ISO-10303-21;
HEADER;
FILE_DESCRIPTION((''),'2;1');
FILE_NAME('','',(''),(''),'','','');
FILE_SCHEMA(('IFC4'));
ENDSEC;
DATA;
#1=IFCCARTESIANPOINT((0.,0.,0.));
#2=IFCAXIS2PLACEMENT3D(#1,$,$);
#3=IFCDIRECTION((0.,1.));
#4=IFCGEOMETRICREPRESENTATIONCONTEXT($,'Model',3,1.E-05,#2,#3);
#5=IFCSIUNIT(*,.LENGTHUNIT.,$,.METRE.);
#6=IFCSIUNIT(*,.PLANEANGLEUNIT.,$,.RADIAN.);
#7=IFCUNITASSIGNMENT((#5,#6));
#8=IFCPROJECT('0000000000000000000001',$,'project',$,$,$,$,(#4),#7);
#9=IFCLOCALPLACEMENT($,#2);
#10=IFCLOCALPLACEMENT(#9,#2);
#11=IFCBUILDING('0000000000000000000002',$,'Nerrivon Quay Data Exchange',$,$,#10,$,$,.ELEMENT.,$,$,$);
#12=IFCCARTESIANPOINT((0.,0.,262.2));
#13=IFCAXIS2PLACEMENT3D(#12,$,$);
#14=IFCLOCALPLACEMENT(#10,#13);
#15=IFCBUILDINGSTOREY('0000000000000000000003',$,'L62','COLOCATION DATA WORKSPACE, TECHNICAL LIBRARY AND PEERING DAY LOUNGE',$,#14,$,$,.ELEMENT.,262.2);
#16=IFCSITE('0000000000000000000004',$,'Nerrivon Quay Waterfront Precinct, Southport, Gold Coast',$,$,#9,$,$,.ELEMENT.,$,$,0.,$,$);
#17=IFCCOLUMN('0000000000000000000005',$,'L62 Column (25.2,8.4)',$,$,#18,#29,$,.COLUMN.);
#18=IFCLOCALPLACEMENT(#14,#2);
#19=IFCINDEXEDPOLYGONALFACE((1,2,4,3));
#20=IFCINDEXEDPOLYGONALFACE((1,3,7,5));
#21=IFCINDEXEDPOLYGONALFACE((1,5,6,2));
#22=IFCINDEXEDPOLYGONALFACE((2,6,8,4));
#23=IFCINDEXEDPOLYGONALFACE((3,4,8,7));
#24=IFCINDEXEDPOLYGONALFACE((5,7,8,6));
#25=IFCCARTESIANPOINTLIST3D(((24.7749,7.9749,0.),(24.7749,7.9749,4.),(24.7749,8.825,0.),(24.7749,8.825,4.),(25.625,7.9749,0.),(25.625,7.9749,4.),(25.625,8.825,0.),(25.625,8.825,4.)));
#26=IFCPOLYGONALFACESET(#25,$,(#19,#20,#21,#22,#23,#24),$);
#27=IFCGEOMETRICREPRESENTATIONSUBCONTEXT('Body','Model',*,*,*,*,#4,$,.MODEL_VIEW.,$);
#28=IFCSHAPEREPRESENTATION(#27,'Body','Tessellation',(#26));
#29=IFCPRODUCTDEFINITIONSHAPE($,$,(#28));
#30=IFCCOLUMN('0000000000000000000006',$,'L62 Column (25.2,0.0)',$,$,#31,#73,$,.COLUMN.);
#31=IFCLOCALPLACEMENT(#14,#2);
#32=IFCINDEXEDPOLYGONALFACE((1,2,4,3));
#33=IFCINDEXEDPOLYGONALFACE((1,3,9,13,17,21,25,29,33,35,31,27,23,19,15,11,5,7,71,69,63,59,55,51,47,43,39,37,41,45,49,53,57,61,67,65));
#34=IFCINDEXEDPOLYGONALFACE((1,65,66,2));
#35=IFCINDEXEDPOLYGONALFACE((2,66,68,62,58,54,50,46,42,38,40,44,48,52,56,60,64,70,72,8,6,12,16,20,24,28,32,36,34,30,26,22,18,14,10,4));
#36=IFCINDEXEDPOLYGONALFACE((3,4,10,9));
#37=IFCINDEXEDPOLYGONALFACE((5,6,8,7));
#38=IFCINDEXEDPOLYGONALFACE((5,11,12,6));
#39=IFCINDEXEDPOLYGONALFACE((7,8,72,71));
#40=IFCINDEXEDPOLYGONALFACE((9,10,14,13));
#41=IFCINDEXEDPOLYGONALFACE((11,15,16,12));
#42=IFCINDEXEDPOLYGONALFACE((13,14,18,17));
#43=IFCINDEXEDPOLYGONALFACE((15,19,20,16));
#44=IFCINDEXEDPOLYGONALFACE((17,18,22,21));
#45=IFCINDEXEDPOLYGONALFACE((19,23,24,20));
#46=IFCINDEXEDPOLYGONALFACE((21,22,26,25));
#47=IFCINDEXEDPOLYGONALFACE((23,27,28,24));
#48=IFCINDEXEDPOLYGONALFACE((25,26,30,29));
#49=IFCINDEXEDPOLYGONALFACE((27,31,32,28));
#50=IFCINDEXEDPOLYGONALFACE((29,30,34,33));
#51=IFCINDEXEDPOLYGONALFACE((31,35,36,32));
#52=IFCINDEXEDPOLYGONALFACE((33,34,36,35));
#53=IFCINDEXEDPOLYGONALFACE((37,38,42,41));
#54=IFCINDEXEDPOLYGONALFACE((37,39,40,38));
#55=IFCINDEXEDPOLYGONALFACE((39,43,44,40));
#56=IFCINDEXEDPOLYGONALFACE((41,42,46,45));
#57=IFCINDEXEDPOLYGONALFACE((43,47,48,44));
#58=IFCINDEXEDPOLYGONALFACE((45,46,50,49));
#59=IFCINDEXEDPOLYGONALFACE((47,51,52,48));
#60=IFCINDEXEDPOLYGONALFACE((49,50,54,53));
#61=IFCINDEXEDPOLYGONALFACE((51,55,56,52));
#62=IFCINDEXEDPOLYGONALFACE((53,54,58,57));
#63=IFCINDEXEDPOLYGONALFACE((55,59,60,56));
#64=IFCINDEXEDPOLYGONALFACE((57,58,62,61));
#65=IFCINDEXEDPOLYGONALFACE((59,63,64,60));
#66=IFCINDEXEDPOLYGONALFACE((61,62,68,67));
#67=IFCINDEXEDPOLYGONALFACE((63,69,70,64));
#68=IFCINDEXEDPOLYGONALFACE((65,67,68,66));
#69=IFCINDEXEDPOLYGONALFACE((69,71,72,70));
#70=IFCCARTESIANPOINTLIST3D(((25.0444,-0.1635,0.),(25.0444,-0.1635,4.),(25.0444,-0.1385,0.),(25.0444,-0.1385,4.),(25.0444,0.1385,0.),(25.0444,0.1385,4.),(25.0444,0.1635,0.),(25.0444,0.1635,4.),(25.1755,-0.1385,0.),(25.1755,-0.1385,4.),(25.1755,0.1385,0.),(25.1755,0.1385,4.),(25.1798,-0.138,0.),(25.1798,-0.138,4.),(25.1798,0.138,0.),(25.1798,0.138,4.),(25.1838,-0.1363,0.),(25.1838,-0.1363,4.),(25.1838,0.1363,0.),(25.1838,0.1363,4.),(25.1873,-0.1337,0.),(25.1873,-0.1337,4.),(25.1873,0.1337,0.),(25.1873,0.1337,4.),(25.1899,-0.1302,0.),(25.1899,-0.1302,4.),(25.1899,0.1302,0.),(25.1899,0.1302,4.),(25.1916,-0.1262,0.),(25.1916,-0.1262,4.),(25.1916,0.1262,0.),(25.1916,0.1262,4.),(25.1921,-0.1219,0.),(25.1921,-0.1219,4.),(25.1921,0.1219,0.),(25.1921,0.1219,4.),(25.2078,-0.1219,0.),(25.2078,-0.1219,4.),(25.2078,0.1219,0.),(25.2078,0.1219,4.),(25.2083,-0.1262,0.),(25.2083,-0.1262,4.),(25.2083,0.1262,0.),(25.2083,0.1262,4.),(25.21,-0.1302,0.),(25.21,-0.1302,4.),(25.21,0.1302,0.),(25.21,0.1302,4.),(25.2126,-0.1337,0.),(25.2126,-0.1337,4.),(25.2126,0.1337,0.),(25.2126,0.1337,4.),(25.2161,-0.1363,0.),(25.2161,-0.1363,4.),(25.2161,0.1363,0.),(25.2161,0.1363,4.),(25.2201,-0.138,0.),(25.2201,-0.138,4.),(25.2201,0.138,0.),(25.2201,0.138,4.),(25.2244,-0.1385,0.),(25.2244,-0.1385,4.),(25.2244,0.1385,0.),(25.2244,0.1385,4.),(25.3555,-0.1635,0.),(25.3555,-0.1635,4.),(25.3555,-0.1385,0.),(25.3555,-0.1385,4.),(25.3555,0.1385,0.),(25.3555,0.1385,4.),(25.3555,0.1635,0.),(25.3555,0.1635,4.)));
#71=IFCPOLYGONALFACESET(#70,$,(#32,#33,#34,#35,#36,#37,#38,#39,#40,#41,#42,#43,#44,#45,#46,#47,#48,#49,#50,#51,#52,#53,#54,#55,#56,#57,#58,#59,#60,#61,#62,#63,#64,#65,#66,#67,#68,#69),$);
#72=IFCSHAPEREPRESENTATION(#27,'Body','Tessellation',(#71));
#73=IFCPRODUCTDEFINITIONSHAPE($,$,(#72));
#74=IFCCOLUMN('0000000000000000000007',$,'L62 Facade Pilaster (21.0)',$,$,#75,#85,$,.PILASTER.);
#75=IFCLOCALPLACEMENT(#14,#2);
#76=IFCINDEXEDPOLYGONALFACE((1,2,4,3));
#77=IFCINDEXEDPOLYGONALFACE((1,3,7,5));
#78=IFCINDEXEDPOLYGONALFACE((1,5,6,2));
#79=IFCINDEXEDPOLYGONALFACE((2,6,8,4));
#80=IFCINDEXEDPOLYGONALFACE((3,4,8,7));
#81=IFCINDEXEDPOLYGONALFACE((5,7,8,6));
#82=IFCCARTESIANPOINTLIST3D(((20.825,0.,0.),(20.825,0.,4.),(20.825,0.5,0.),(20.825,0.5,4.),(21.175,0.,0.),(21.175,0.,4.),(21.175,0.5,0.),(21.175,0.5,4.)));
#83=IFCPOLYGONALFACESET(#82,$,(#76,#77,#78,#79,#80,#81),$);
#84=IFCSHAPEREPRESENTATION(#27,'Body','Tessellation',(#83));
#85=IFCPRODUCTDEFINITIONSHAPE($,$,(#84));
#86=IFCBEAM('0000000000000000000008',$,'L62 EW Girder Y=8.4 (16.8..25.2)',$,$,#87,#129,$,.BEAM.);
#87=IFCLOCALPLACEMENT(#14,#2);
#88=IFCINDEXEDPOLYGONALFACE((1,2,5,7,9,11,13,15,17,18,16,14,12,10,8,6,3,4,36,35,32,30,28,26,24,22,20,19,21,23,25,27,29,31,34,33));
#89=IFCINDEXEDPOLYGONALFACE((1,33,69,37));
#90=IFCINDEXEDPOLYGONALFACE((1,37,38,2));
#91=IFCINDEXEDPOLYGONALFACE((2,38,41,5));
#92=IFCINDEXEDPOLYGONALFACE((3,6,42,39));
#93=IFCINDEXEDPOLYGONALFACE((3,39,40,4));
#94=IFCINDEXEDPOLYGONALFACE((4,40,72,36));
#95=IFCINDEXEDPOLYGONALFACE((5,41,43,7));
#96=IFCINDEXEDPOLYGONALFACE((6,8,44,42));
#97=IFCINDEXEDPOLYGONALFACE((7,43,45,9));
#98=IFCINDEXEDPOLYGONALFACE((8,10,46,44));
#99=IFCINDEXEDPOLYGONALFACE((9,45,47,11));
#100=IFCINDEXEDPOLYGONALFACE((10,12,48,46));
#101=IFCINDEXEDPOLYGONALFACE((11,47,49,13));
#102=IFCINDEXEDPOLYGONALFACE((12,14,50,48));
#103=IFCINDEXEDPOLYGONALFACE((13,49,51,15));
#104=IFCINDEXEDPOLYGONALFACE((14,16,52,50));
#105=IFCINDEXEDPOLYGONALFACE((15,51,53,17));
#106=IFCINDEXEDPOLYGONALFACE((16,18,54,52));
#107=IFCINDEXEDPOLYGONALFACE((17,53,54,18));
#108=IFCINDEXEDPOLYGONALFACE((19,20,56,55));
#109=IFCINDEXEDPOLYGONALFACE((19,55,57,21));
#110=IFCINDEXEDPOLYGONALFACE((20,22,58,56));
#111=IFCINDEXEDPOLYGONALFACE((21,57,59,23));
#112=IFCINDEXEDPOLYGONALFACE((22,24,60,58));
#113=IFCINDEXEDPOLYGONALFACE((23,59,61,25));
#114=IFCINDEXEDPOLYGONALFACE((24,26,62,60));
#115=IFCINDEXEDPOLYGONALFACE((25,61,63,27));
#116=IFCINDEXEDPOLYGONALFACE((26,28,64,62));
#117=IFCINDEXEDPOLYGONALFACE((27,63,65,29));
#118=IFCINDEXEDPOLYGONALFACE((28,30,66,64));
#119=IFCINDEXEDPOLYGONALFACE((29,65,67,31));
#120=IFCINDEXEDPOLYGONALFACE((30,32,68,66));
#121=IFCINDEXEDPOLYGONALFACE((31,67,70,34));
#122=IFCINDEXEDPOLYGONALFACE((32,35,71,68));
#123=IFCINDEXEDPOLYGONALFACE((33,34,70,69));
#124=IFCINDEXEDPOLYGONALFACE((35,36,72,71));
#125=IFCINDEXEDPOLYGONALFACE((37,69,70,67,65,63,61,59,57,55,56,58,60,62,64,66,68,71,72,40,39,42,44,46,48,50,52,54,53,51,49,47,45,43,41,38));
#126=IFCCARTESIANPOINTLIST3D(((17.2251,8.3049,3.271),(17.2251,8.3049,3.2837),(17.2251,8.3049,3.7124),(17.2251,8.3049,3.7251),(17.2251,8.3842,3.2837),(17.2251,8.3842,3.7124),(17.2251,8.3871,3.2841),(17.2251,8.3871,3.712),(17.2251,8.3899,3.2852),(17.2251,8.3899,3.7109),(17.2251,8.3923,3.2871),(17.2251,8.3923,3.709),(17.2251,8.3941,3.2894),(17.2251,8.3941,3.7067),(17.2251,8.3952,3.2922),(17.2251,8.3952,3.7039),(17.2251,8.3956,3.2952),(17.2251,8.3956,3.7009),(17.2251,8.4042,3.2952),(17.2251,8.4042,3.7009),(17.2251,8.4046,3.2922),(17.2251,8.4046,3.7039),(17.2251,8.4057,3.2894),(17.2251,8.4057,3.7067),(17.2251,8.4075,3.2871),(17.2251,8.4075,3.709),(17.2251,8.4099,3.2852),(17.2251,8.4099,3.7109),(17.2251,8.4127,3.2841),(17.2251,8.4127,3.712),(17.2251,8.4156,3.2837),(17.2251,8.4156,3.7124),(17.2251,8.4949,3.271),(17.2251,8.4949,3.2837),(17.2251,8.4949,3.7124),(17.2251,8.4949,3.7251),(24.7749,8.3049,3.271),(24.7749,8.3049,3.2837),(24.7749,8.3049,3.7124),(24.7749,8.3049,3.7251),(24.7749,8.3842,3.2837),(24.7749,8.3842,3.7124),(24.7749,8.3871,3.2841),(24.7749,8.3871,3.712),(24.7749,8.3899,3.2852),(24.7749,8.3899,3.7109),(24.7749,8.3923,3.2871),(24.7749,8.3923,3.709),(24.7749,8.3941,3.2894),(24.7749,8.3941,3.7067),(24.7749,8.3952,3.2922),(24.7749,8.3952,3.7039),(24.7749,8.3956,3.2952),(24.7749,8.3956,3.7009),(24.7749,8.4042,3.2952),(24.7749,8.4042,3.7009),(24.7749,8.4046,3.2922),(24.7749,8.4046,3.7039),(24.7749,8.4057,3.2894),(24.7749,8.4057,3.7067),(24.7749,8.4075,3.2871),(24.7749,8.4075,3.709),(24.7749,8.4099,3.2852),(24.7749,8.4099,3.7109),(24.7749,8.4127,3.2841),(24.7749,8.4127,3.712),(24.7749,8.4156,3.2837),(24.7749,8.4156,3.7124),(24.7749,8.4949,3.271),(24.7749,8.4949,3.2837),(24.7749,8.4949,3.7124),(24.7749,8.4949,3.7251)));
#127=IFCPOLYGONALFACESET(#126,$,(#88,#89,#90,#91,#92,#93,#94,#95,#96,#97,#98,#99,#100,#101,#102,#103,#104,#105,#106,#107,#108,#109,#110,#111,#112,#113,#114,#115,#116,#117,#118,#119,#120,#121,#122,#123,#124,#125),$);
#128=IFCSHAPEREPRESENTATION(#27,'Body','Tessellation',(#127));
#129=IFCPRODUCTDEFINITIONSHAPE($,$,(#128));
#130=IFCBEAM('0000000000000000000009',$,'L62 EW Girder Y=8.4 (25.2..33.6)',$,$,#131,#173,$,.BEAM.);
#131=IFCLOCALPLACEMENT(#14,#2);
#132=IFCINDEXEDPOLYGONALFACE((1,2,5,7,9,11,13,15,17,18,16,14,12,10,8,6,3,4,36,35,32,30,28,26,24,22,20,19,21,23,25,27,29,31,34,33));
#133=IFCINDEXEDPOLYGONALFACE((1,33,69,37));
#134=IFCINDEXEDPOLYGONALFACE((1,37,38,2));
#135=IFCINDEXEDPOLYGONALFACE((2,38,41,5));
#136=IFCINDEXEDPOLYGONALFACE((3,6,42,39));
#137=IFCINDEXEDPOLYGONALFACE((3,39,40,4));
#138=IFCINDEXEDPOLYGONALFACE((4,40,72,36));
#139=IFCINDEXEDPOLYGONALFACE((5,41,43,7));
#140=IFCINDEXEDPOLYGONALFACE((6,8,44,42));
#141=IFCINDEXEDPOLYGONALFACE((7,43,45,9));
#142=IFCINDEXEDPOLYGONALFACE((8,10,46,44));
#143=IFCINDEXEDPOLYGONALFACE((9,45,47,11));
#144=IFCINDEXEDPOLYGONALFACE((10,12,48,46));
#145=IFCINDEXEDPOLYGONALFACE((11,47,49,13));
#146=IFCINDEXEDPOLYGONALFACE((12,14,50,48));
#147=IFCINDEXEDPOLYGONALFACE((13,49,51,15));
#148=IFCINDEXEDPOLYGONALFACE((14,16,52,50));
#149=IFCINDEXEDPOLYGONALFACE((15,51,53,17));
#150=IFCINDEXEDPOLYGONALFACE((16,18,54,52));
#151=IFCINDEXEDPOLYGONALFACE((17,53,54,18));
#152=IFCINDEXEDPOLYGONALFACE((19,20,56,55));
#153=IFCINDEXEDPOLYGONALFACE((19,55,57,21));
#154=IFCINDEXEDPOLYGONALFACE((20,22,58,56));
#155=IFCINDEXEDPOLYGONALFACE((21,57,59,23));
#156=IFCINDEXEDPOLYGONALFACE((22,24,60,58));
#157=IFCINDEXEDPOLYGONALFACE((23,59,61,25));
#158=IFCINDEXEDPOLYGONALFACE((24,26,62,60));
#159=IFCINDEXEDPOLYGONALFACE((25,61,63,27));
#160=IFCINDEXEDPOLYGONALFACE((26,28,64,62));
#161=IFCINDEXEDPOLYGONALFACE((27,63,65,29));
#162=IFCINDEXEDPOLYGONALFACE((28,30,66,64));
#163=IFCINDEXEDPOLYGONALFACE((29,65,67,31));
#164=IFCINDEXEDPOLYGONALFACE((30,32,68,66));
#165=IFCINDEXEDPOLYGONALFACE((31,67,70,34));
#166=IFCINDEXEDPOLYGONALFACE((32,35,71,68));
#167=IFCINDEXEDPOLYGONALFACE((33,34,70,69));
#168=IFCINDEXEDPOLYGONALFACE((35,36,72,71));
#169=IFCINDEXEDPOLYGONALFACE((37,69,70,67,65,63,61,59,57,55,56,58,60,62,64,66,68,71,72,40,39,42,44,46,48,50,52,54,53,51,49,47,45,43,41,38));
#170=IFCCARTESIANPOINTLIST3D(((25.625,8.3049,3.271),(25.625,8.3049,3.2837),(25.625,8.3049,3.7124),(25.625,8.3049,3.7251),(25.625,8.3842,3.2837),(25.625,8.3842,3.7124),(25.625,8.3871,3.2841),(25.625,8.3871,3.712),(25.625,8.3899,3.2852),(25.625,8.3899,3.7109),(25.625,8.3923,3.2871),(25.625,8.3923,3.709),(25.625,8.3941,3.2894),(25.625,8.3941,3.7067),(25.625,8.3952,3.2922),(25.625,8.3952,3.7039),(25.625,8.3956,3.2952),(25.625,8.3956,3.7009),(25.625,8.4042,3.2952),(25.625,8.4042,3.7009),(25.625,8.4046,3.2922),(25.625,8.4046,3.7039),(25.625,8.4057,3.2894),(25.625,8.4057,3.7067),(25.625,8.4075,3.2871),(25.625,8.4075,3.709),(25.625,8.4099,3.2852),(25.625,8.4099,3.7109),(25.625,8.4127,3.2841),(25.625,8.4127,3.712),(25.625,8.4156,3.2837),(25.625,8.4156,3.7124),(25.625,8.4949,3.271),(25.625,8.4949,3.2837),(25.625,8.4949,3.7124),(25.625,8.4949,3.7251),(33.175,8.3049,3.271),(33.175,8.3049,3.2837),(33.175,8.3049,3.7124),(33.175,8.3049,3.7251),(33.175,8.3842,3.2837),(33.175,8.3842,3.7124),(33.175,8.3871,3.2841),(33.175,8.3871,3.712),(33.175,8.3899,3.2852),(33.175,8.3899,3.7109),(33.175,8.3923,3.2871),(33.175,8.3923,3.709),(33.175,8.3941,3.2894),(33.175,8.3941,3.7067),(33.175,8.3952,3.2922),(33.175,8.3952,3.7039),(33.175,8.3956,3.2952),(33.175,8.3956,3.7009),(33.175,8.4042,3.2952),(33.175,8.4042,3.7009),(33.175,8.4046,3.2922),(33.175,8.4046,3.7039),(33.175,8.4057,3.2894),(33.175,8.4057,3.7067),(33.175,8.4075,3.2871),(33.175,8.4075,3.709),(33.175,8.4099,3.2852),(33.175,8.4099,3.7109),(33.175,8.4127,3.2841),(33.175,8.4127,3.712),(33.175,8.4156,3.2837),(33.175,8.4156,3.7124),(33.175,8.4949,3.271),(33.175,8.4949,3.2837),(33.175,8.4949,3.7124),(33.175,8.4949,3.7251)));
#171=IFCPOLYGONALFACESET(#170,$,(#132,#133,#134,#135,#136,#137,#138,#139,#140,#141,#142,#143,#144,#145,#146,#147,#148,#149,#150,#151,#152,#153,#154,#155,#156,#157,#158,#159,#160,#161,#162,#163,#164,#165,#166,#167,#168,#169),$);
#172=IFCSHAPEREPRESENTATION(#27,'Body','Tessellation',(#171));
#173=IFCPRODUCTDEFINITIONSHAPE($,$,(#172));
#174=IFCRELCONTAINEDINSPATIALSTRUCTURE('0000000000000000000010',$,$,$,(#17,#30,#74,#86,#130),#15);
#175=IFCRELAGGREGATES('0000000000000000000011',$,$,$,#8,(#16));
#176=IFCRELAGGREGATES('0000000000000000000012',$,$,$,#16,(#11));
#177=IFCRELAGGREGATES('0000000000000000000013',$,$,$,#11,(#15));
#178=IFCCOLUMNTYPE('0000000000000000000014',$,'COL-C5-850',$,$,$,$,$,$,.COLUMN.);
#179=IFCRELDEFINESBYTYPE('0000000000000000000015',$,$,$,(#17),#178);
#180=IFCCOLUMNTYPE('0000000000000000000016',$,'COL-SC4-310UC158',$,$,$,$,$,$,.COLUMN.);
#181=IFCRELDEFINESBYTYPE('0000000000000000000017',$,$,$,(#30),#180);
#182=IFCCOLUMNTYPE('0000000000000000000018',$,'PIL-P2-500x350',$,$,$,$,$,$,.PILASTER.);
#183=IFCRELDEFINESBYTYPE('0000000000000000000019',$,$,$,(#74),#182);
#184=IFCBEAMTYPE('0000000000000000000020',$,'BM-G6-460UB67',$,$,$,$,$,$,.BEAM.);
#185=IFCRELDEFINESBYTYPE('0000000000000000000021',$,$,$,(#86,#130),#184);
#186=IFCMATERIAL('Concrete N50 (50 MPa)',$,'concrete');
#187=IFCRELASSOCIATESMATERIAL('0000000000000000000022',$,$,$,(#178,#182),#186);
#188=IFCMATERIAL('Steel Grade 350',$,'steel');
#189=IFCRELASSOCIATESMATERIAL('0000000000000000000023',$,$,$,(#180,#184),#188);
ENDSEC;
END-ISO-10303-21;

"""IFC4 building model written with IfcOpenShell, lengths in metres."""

from ifc_helpers import new_model, si_unit, direction, frame, origin, origin_2d, place, context, subcontext, project, spatial, rectangle, i_section, extrude, material, material_profile, profile_set, type_object, element, save


model = new_model("IFC4")

# Units and contexts
model_context = context("Model", 3, precision=1e-05, world=origin(), true_north=direction((0.0, 1.0)))
body_context = subcontext(model_context, "Body", "Model", "MODEL_VIEW")
ifc_project = project(units=[si_unit("LENGTHUNIT", "METRE"), si_unit("PLANEANGLEUNIT", "RADIAN")], contexts=[model_context])

# Site, building, storey
site_placement = place(None, origin())
site = spatial("IfcSite", under=ifc_project, at=site_placement, Name="Nerrivon Quay Waterfront Precinct, Southport, Gold Coast", CompositionType="ELEMENT", RefElevation=0.0)
building_placement = place(site_placement, origin())
building = spatial("IfcBuilding", under=site, at=building_placement, Name="Nerrivon Quay Data Exchange", CompositionType="ELEMENT")
storey_placement = place(building_placement, frame((0.0, 0.0, 262.2)))
storey = spatial("IfcBuildingStorey", under=building, at=storey_placement, Name="L62", Description="COLOCATION DATA WORKSPACE, TECHNICAL LIBRARY AND PEERING DAY LOUNGE", CompositionType="ELEMENT", Elevation=262.2)

# Columns
ifc_material_1 = material(Name="Concrete N50 (50 MPa)", Category="concrete")
ifc_material_profile_1 = material_profile(ifc_material_1, rectangle(XDim=0.8501, YDim=0.8501, at=origin_2d()), Name="RC-COL-850x850")
ifc_profile_set_1 = profile_set([ifc_material_profile_1], Name="Concrete N50 (50 MPa)")
column_type_1 = type_object("IfcColumnType", Name="COL-C5-850", PredefinedType="COLUMN", material=ifc_profile_set_1)
column_1_placement = place(storey_placement, frame((25.2, 8.3999, 0.0), z_axis=(0.0, 0.0, 1.0), x_axis=(1.0, 0.0, 0.0)))
element("IfcColumn", 1, at=column_1_placement, inside=storey, type_object=column_type_1, Name="L62 Column (25.2,8.4)", PredefinedType="COLUMN", context=body_context, shape_type="SweptSolid", body=[
    extrude(rectangle(XDim=0.8501, YDim=0.8501, at=origin_2d()), origin(), (0.0, 0.0, 1.0), 4.0),
])
ifc_material_2 = material(Name="Steel Grade 350", Category="steel")
ifc_material_profile_2 = material_profile(ifc_material_2, i_section(OverallWidth=0.311, OverallDepth=0.3269, WebThickness=0.0156, FlangeThickness=0.0249, FilletRadius=0.0166, at=origin_2d()), Name="310UC158")
ifc_profile_set_2 = profile_set([ifc_material_profile_2], Name="Steel Grade 350")
column_type_2 = type_object("IfcColumnType", Name="COL-SC4-310UC158", PredefinedType="COLUMN", material=ifc_profile_set_2)
column_2_placement = place(storey_placement, frame((25.2, 0.0, 0.0), z_axis=(0.0, 0.0, 1.0), x_axis=(1.0, 0.0, 0.0)))
element("IfcColumn", 2, at=column_2_placement, inside=storey, type_object=column_type_2, Name="L62 Column (25.2,0.0)", PredefinedType="COLUMN", context=body_context, shape_type="SweptSolid", body=[
    extrude(i_section(OverallWidth=0.311, OverallDepth=0.3269, WebThickness=0.0156, FlangeThickness=0.0249, FilletRadius=0.0166, at=origin_2d()), origin(), (0.0, 0.0, 1.0), 4.0),
])
ifc_material_profile_3 = material_profile(ifc_material_1, rectangle(XDim=0.3501, YDim=0.5, at=origin_2d()), Name="RC-PIL-500x350")
ifc_profile_set_3 = profile_set([ifc_material_profile_3], Name="Concrete N50 (50 MPa)")
column_type_3 = type_object("IfcColumnType", Name="PIL-P2-500x350", PredefinedType="PILASTER", material=ifc_profile_set_3)
column_3_placement = place(storey_placement, frame((21.0, 0.25, 0.0), z_axis=(0.0, 0.0, 1.0), x_axis=(1.0, 0.0, 0.0)))
element("IfcColumn", 3, at=column_3_placement, inside=storey, type_object=column_type_3, Name="L62 Facade Pilaster (21.0)", PredefinedType="PILASTER", context=body_context, shape_type="SweptSolid", body=[
    extrude(rectangle(XDim=0.3501, YDim=0.5, at=origin_2d()), origin(), (0.0, 0.0, 1.0), 4.0),
])

# Beams
ifc_material_profile_4 = material_profile(ifc_material_2, i_section(OverallWidth=0.1899, OverallDepth=0.4541, WebThickness=0.0085, FlangeThickness=0.0127, FilletRadius=0.0115, at=origin_2d()), Name="460UB67.1")
ifc_profile_set_4 = profile_set([ifc_material_profile_4], Name="Steel Grade 350")
beam_type_1 = type_object("IfcBeamType", Name="BM-G6-460UB67", PredefinedType="BEAM", material=ifc_profile_set_4)
beam_1_placement = place(storey_placement, frame((17.2251, 8.3999, 3.498), z_axis=(1.0, 0.0, 0.0), x_axis=(0.0, 1.0, 0.0)))
element("IfcBeam", 4, at=beam_1_placement, inside=storey, type_object=beam_type_1, Name="L62 EW Girder Y=8.4 (16.8..25.2)", PredefinedType="BEAM", context=body_context, shape_type="SweptSolid", body=[
    extrude(i_section(OverallWidth=0.1899, OverallDepth=0.4541, WebThickness=0.0085, FlangeThickness=0.0127, FilletRadius=0.0115, at=origin_2d()), origin(), (0.0, 0.0, 1.0), 7.5498),
])
beam_2_placement = place(storey_placement, frame((25.625, 8.3999, 3.498), z_axis=(1.0, 0.0, 0.0), x_axis=(0.0, 1.0, 0.0)))
element("IfcBeam", 5, at=beam_2_placement, inside=storey, type_object=beam_type_1, Name="L62 EW Girder Y=8.4 (25.2..33.6)", PredefinedType="BEAM", context=body_context, shape_type="SweptSolid", body=[
    extrude(i_section(OverallWidth=0.1899, OverallDepth=0.4541, WebThickness=0.0085, FlangeThickness=0.0127, FilletRadius=0.0115, at=origin_2d()), origin(), (0.0, 0.0, 1.0), 7.55),
])

save(model, "model.ifc")
